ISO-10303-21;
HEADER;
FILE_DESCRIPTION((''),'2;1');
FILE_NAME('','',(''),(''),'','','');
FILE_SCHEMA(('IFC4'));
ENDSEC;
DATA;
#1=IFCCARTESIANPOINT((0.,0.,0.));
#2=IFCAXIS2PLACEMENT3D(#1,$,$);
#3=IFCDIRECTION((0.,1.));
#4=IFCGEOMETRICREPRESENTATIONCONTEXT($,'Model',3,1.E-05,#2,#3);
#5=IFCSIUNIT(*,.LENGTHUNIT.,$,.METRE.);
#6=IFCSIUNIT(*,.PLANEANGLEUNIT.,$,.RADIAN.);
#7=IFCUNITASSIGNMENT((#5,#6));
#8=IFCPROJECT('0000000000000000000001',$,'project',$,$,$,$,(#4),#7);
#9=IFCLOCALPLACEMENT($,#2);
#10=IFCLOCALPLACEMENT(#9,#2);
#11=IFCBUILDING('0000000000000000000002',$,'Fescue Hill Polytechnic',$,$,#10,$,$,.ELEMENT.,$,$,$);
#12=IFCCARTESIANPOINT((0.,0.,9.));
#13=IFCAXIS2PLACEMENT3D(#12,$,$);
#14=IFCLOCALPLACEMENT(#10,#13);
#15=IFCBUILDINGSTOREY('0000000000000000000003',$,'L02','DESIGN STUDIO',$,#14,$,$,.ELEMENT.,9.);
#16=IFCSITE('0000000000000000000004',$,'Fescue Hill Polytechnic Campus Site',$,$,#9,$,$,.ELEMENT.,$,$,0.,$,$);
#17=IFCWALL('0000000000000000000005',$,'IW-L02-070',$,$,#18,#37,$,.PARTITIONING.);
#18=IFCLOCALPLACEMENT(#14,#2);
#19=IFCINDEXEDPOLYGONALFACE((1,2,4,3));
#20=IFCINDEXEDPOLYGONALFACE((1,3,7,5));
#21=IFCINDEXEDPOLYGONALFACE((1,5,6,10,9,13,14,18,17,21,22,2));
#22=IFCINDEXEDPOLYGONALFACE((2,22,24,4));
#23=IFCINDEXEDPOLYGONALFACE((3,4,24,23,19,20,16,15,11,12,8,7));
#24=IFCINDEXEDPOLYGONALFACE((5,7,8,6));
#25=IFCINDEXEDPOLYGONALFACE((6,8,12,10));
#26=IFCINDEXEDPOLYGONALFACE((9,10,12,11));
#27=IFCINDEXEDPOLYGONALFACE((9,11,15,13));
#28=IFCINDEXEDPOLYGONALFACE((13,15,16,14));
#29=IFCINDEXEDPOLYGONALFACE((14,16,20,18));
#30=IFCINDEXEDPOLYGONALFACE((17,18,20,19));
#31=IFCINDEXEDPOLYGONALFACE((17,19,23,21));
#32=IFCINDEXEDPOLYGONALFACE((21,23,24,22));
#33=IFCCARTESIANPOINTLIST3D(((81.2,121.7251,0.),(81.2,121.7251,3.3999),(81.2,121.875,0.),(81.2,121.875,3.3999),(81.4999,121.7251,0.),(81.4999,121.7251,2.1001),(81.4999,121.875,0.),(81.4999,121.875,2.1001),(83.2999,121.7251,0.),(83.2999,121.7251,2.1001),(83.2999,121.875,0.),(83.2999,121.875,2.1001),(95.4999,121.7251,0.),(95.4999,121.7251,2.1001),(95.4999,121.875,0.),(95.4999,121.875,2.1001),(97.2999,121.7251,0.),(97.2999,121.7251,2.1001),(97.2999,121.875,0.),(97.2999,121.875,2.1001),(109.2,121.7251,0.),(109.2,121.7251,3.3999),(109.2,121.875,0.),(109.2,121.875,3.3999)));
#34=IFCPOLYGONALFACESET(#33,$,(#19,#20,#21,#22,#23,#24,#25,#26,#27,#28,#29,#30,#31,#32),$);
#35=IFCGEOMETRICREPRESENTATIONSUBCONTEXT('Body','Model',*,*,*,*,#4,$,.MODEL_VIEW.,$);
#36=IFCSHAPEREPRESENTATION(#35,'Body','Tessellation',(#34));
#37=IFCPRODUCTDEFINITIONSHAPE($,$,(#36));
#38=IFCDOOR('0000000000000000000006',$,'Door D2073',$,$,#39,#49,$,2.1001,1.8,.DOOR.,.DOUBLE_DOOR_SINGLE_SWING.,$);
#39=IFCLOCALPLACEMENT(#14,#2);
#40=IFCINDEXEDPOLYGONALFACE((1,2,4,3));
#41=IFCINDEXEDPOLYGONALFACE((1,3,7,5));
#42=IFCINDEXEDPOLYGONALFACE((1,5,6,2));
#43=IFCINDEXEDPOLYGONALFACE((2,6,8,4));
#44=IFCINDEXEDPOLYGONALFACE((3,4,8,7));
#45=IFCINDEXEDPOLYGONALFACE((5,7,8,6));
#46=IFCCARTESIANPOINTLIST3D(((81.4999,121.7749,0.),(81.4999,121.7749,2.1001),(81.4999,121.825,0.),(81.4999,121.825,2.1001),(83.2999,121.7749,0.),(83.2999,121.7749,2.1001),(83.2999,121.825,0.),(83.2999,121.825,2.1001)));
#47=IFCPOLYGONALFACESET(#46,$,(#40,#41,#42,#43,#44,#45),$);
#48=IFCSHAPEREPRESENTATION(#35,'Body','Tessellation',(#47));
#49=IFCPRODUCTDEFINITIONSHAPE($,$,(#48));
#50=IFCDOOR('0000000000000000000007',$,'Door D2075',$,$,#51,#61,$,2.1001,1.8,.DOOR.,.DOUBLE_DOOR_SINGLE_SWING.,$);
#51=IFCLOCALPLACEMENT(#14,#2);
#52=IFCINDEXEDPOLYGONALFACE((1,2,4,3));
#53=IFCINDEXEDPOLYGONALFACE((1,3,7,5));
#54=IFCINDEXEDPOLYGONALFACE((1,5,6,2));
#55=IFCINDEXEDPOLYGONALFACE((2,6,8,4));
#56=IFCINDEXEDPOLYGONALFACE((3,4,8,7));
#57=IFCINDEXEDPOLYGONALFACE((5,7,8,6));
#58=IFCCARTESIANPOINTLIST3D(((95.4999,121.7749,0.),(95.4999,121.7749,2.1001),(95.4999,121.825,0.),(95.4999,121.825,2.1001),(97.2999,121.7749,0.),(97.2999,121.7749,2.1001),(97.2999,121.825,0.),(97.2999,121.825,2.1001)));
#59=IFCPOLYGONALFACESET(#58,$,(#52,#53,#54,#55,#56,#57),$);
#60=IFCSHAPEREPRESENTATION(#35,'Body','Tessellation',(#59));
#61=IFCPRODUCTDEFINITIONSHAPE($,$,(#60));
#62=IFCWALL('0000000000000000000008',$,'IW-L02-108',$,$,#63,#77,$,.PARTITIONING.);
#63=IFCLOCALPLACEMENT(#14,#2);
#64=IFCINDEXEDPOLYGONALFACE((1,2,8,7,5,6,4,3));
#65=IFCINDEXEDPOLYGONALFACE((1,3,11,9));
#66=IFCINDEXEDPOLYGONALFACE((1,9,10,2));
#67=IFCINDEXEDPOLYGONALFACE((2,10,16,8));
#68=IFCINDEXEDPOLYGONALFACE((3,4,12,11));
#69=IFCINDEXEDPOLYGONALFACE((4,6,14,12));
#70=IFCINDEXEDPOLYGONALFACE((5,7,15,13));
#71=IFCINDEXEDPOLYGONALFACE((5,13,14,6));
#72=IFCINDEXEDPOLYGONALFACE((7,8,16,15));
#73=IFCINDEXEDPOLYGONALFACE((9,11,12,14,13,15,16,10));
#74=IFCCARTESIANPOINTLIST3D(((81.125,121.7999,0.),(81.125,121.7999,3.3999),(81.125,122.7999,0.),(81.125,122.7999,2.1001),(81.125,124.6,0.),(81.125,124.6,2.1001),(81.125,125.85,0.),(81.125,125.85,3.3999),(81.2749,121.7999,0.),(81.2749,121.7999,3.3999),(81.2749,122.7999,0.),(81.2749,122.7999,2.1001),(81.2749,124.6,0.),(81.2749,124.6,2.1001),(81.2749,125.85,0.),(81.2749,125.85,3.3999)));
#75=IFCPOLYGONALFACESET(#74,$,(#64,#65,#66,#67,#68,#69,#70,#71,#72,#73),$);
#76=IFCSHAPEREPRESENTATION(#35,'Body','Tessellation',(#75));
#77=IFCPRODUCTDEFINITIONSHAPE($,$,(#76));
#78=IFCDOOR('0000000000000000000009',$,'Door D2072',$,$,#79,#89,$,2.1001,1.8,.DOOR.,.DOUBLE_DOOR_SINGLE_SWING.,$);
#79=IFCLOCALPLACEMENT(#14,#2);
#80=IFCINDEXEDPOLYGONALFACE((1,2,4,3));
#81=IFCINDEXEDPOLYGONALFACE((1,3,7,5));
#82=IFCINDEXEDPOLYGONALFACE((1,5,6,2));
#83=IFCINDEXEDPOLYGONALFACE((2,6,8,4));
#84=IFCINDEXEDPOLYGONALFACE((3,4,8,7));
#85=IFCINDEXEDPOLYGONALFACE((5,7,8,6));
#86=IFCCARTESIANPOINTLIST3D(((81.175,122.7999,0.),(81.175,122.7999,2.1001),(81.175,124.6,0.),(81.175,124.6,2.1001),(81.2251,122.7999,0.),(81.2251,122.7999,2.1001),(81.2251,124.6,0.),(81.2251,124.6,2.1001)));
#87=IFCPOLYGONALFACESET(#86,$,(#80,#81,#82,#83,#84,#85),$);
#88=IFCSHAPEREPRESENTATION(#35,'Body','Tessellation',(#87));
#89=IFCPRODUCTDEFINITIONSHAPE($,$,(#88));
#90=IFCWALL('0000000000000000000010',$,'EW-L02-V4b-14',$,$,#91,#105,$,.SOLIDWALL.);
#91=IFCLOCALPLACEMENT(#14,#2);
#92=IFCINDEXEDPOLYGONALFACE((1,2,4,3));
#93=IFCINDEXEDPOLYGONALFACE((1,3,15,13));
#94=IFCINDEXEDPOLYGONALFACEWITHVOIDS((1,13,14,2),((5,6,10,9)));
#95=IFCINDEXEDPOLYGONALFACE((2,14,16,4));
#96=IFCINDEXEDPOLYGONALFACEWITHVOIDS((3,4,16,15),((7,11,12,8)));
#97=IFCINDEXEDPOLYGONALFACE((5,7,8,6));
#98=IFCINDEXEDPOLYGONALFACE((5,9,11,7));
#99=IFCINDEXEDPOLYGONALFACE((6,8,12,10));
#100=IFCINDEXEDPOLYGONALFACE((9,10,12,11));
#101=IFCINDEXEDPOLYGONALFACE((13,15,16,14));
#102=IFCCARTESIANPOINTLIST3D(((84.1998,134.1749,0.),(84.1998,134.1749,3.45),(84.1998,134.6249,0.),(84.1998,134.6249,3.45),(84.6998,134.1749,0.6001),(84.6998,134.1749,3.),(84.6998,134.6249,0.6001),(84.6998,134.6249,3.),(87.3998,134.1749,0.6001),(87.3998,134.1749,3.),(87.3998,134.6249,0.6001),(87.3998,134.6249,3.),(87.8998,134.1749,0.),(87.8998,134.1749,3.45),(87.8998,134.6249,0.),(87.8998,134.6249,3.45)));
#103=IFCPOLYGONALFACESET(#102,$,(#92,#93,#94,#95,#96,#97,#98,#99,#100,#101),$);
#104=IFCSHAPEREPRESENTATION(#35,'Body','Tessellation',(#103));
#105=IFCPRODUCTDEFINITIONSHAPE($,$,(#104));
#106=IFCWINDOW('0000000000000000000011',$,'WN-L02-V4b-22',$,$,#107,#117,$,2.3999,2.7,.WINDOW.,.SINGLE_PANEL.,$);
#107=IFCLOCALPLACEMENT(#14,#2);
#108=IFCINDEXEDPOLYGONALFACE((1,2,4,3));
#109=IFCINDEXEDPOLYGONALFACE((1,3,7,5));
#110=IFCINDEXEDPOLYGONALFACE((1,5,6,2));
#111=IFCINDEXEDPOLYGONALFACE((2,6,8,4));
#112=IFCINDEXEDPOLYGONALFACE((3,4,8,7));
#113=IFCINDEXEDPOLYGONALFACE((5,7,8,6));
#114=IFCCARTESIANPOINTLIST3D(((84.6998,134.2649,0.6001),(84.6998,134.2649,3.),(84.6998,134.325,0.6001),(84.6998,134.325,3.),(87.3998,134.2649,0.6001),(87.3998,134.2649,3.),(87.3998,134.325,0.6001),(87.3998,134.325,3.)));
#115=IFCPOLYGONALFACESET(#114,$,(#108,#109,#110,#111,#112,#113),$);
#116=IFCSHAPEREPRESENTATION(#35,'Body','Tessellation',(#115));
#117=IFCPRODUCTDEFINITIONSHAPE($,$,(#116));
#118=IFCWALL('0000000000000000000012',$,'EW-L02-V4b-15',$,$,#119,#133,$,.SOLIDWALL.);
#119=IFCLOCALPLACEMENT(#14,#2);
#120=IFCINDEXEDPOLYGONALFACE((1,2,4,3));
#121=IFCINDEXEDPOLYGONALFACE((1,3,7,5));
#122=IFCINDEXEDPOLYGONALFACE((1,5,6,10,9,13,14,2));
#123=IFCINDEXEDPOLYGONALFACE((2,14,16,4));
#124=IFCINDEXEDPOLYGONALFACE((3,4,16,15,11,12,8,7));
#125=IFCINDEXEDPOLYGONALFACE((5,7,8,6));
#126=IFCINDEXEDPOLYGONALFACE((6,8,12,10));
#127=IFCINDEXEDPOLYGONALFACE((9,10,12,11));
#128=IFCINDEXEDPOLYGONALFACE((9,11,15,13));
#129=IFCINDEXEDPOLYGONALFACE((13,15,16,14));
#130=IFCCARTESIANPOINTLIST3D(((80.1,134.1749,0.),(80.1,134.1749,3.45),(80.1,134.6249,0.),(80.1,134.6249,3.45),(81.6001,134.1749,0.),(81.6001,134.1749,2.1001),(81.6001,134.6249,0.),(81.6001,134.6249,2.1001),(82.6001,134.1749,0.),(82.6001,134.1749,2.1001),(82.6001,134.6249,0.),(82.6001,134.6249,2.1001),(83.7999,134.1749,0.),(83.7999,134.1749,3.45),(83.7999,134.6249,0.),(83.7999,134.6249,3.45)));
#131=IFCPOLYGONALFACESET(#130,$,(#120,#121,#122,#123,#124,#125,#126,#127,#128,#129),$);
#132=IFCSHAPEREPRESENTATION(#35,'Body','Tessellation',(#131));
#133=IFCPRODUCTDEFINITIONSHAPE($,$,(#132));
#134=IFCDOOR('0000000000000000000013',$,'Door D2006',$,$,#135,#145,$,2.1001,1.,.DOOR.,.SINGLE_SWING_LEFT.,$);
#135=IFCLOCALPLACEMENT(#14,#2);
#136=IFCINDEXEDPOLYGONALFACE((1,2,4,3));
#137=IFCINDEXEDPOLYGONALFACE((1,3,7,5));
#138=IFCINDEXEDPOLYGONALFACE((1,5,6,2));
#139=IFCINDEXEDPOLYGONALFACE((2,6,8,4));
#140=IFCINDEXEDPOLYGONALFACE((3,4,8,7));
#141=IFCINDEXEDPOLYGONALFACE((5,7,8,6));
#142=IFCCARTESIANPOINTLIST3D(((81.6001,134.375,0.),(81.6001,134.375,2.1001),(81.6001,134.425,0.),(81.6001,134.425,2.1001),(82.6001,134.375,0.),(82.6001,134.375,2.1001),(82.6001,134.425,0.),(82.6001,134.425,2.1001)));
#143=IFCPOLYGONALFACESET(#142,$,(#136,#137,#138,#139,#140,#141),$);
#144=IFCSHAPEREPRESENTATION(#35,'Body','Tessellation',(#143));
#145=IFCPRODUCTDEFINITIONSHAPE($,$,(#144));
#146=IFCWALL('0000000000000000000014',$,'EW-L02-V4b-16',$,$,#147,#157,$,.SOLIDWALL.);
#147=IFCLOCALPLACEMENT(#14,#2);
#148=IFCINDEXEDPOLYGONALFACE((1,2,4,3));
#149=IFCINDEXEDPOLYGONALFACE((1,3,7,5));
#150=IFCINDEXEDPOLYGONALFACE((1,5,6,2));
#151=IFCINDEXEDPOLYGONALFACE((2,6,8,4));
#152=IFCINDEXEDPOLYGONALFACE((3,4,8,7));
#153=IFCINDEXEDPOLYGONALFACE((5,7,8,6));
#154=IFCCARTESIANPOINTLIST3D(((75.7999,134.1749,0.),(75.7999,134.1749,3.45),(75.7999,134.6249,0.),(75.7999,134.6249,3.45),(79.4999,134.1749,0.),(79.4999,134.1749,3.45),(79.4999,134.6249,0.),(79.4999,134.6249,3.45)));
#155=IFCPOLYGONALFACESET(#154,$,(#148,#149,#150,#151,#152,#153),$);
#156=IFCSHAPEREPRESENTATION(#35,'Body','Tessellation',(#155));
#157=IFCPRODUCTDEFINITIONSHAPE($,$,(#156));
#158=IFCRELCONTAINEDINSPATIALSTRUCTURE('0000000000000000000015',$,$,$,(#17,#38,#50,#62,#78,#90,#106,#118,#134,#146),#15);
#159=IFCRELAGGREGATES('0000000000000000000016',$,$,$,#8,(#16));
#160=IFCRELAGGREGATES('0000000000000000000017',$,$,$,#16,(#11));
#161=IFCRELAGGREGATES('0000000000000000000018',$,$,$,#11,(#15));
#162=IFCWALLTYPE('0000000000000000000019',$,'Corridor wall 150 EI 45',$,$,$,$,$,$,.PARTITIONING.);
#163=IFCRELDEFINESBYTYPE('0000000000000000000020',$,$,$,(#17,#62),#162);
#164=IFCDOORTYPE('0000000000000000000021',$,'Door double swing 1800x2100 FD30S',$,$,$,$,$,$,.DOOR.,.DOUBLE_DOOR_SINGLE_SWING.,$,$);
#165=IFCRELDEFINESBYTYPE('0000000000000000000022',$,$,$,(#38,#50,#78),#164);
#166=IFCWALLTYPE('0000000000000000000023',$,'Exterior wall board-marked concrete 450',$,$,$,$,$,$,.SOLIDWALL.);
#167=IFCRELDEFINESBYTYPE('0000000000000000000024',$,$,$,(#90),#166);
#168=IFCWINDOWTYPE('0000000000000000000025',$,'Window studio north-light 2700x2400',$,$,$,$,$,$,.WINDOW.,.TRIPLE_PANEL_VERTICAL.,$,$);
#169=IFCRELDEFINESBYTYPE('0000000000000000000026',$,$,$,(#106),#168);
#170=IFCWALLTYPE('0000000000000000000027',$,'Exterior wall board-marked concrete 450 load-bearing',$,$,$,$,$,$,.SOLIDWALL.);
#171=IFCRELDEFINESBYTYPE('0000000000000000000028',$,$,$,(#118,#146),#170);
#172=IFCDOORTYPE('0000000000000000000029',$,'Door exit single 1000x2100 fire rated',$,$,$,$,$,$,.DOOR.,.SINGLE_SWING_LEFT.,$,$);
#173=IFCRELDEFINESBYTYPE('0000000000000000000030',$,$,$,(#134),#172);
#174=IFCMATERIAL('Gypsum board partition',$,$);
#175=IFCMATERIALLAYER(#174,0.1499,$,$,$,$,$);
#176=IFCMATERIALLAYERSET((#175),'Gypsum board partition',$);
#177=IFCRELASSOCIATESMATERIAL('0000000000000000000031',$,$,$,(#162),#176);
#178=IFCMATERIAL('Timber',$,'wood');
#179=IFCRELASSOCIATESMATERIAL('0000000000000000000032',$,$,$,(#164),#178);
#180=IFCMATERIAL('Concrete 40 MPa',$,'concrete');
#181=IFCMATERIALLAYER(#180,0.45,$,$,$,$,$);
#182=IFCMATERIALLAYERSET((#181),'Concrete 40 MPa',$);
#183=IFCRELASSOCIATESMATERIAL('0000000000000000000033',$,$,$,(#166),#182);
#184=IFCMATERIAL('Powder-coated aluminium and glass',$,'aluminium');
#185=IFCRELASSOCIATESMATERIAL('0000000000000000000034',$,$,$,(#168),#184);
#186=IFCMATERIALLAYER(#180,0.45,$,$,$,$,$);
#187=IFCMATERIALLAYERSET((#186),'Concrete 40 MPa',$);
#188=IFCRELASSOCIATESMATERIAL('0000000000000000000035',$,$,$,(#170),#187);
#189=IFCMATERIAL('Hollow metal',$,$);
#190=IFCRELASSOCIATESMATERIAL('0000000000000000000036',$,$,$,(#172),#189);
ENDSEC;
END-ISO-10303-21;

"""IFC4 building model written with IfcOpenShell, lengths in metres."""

from ifc_helpers import new_model, si_unit, direction, frame, frame_2d, origin, place, context, subcontext, project, spatial, rectangle, extrude, material, layer, layer_set, type_object, element, fill, save


model = new_model("IFC4")

# Units and contexts
model_context = context("Model", 3, precision=1e-05, world=origin(), true_north=direction((0.0, 1.0)))
body_context = subcontext(model_context, "Body", "Model", "MODEL_VIEW")
ifc_project = project(units=[si_unit("LENGTHUNIT", "METRE"), si_unit("PLANEANGLEUNIT", "RADIAN")], contexts=[model_context])

# Site, building, storey
site_placement = place(None, origin())
site = spatial("IfcSite", under=ifc_project, at=site_placement, Name="Fescue Hill Polytechnic Campus Site", CompositionType="ELEMENT", RefElevation=0.0)
building_placement = place(site_placement, origin())
building = spatial("IfcBuilding", under=site, at=building_placement, Name="Fescue Hill Polytechnic", CompositionType="ELEMENT")
storey_placement = place(building_placement, frame((0.0, 0.0, 9.0)))
storey = spatial("IfcBuildingStorey", under=building, at=storey_placement, Name="L02", Description="DESIGN STUDIO", CompositionType="ELEMENT", Elevation=9.0)

# Shared definitions
ifc_material_1 = material(Name="Concrete 40 MPa", Category="concrete")

# Shared definitions
ifc_material_2 = material(Name="Gypsum board partition")
ifc_layer_1 = layer(ifc_material_2, 0.1499)
ifc_layer_set_1 = layer_set([ifc_layer_1], Name="Gypsum board partition")
wall_type_1 = type_object("IfcWallType", Name="Corridor wall 150 EI 45", PredefinedType="PARTITIONING", material=ifc_layer_set_1)
ifc_material_3 = material(Name="Timber", Category="wood")

# Wall, openings, doors
wall_1_placement = place(storey_placement, frame((81.2, 121.8, 0.0), z_axis=(0.0, 0.0, 1.0), x_axis=(1.0, 0.0, 0.0)))
wall_1 = element("IfcWall", 1, at=wall_1_placement, inside=storey, type_object=wall_type_1, Name="IW-L02-070", PredefinedType="PARTITIONING", context=body_context, shape_type="SweptSolid", body=[
    extrude(rectangle(XDim=28.0, YDim=0.1499, at=frame_2d((14.0, 0.0))), origin(), (0.0, 0.0, 1.0), 3.3999),
])
opening_1_placement = place(wall_1_placement, frame((0.3, 0.0, 0.0)))
opening_1 = element("IfcOpeningElement", 2, at=opening_1_placement, cuts=wall_1, PredefinedType="OPENING", context=body_context, shape_type="SweptSolid", body=[
    extrude(rectangle(XDim=1.8, YDim=2.1001, at=frame_2d((0.8999, 1.05))), frame((0.0, 0.085, 0.0), z_axis=(0.0, -1.0, 0.0), x_axis=(1.0, 0.0, 0.0)), (0.0, 0.0, 1.0), 0.1699),
])
opening_2_placement = place(wall_1_placement, frame((14.3, 0.0, 0.0)))
opening_2 = element("IfcOpeningElement", 3, at=opening_2_placement, cuts=wall_1, PredefinedType="OPENING", context=body_context, shape_type="SweptSolid", body=[
    extrude(rectangle(XDim=1.8, YDim=2.1001, at=frame_2d((0.8999, 1.05))), frame((0.0, 0.085, 0.0), z_axis=(0.0, -1.0, 0.0), x_axis=(1.0, 0.0, 0.0)), (0.0, 0.0, 1.0), 0.1699),
])
door_type_1 = type_object("IfcDoorType", Name="Door double swing 1800x2100 FD30S", OperationType="DOUBLE_DOOR_SINGLE_SWING", PredefinedType="DOOR", material=ifc_material_3)
door_1_placement = place(opening_1_placement, origin())
door_1 = element("IfcDoor", 4, at=door_1_placement, inside=storey, type_object=door_type_1, Name="Door D2073", OperationType="DOUBLE_DOOR_SINGLE_SWING", OverallHeight=2.1001, OverallWidth=1.8, PredefinedType="DOOR", context=body_context, shape_type="SweptSolid", body=[
    extrude(rectangle(XDim=1.8, YDim=2.1001, at=frame_2d((0.8999, 1.05))), frame((0.0, 0.0249, 0.0), z_axis=(0.0, -1.0, 0.0), x_axis=(1.0, 0.0, 0.0)), (0.0, 0.0, 1.0), 0.05),
])
fill(opening_1, door_1)
door_2_placement = place(opening_2_placement, origin())
door_2 = element("IfcDoor", 5, at=door_2_placement, inside=storey, type_object=door_type_1, Name="Door D2075", OperationType="DOUBLE_DOOR_SINGLE_SWING", OverallHeight=2.1001, OverallWidth=1.8, PredefinedType="DOOR", context=body_context, shape_type="SweptSolid", body=[
    extrude(rectangle(XDim=1.8, YDim=2.1001, at=frame_2d((0.8999, 1.05))), frame((0.0, 0.0249, 0.0), z_axis=(0.0, -1.0, 0.0), x_axis=(1.0, 0.0, 0.0)), (0.0, 0.0, 1.0), 0.05),
])
fill(opening_2, door_2)

# Wall, opening, door
wall_2_placement = place(storey_placement, frame((81.2, 121.8, 0.0), z_axis=(0.0, 0.0, 1.0), x_axis=(0.0, 1.0, 0.0)))
wall_2 = element("IfcWall", 6, at=wall_2_placement, inside=storey, type_object=wall_type_1, Name="IW-L02-108", PredefinedType="PARTITIONING", context=body_context, shape_type="SweptSolid", body=[
    extrude(rectangle(XDim=4.05, YDim=0.1499, at=frame_2d((2.0249, 0.0))), origin(), (0.0, 0.0, 1.0), 3.3999),
])
opening_3_placement = place(wall_2_placement, frame((1.0, 0.0, 0.0)))
opening_3 = element("IfcOpeningElement", 7, at=opening_3_placement, cuts=wall_2, PredefinedType="OPENING", context=body_context, shape_type="SweptSolid", body=[
    extrude(rectangle(XDim=1.8, YDim=2.1001, at=frame_2d((0.8999, 1.05))), frame((0.0, 0.085, 0.0), z_axis=(0.0, -1.0, 0.0), x_axis=(1.0, 0.0, 0.0)), (0.0, 0.0, 1.0), 0.1699),
])
door_3_placement = place(opening_3_placement, origin())
door_3 = element("IfcDoor", 8, at=door_3_placement, inside=storey, type_object=door_type_1, Name="Door D2072", OperationType="DOUBLE_DOOR_SINGLE_SWING", OverallHeight=2.1001, OverallWidth=1.8, PredefinedType="DOOR", context=body_context, shape_type="SweptSolid", body=[
    extrude(rectangle(XDim=1.8, YDim=2.1001, at=frame_2d((0.8999, 1.05))), frame((0.0, 0.0249, 0.0), z_axis=(0.0, -1.0, 0.0), x_axis=(1.0, 0.0, 0.0)), (0.0, 0.0, 1.0), 0.05),
])
fill(opening_3, door_3)

# Wall, opening, window
ifc_layer_2 = layer(ifc_material_1, 0.45)
ifc_layer_set_2 = layer_set([ifc_layer_2], Name="Concrete 40 MPa")
wall_type_2 = type_object("IfcWallType", Name="Exterior wall board-marked concrete 450", PredefinedType="SOLIDWALL", material=ifc_layer_set_2)
wall_3_placement = place(storey_placement, frame((87.8999, 134.3999, 0.0), z_axis=(0.0, 0.0, 1.0), x_axis=(-1.0, 0.0, 0.0)))
wall_3 = element("IfcWall", 9, at=wall_3_placement, inside=storey, type_object=wall_type_2, Name="EW-L02-V4b-14", PredefinedType="SOLIDWALL", context=body_context, shape_type="SweptSolid", body=[
    extrude(rectangle(XDim=3.7, YDim=0.45, at=frame_2d((1.8501, 0.0))), origin(), (0.0, 0.0, 1.0), 3.45),
])
opening_4_placement = place(wall_3_placement, frame((0.5, 0.0, 0.6001)))
opening_4 = element("IfcOpeningElement", 10, at=opening_4_placement, cuts=wall_3, PredefinedType="OPENING", context=body_context, shape_type="SweptSolid", body=[
    extrude(rectangle(XDim=2.7, YDim=2.3999, at=frame_2d((1.3501, 1.2))), frame((0.0, 0.2349, 0.0), z_axis=(0.0, -1.0, 0.0), x_axis=(1.0, 0.0, 0.0)), (0.0, 0.0, 1.0), 0.47),
])
ifc_material_4 = material(Name="Powder-coated aluminium and glass", Category="aluminium")
window_type = type_object("IfcWindowType", Name="Window studio north-light 2700x2400", PartitioningType="TRIPLE_PANEL_VERTICAL", PredefinedType="WINDOW", material=ifc_material_4)
window_placement = place(opening_4_placement, origin())
window = element("IfcWindow", 11, at=window_placement, inside=storey, type_object=window_type, Name="WN-L02-V4b-22", OverallHeight=2.3999, OverallWidth=2.7, PartitioningType="SINGLE_PANEL", PredefinedType="WINDOW", context=body_context, shape_type="SweptSolid", body=[
    extrude(rectangle(XDim=2.7, YDim=2.3999, at=frame_2d((1.3501, 1.2))), frame((0.0, 0.135, 0.0), z_axis=(0.0, -1.0, 0.0), x_axis=(1.0, 0.0, 0.0)), (0.0, 0.0, 1.0), 0.0601),
])
fill(opening_4, window)

# Wall, opening, door
ifc_layer_3 = layer(ifc_material_1, 0.45)
ifc_layer_set_3 = layer_set([ifc_layer_3], Name="Concrete 40 MPa")
wall_type_3 = type_object("IfcWallType", Name="Exterior wall board-marked concrete 450 load-bearing", PredefinedType="SOLIDWALL", material=ifc_layer_set_3)
wall_4_placement = place(storey_placement, frame((83.8, 134.3999, 0.0), z_axis=(0.0, 0.0, 1.0), x_axis=(-1.0, 0.0, 0.0)))
wall_4 = element("IfcWall", 12, at=wall_4_placement, inside=storey, type_object=wall_type_3, Name="EW-L02-V4b-15", PredefinedType="SOLIDWALL", context=body_context, shape_type="SweptSolid", body=[
    extrude(rectangle(XDim=3.7, YDim=0.45, at=frame_2d((1.8501, 0.0))), origin(), (0.0, 0.0, 1.0), 3.45),
])
opening_5_placement = place(wall_4_placement, frame((1.2, 0.0, 0.0)))
opening_5 = element("IfcOpeningElement", 13, at=opening_5_placement, cuts=wall_4, PredefinedType="OPENING", context=body_context, shape_type="SweptSolid", body=[
    extrude(rectangle(XDim=1.0, YDim=2.1001, at=frame_2d((0.5, 1.05))), frame((0.0, 0.2349, 0.0), z_axis=(0.0, -1.0, 0.0), x_axis=(1.0, 0.0, 0.0)), (0.0, 0.0, 1.0), 0.47),
])
ifc_material_5 = material(Name="Hollow metal")
door_type_2 = type_object("IfcDoorType", Name="Door exit single 1000x2100 fire rated", OperationType="SINGLE_SWING_LEFT", PredefinedType="DOOR", material=ifc_material_5)
door_4_placement = place(opening_5_placement, origin())
door_4 = element("IfcDoor", 14, at=door_4_placement, inside=storey, type_object=door_type_2, Name="Door D2006", OperationType="SINGLE_SWING_LEFT", OverallHeight=2.1001, OverallWidth=1.0, PredefinedType="DOOR", context=body_context, shape_type="SweptSolid", body=[
    extrude(rectangle(XDim=1.0, YDim=2.1001, at=frame_2d((0.5, 1.05))), frame((0.0, 0.0249, 0.0), z_axis=(0.0, -1.0, 0.0), x_axis=(1.0, 0.0, 0.0)), (0.0, 0.0, 1.0), 0.05),
])
fill(opening_5, door_4)

# Wall
wall_5_placement = place(storey_placement, frame((79.5, 134.3999, 0.0), z_axis=(0.0, 0.0, 1.0), x_axis=(-1.0, 0.0, 0.0)))
element("IfcWall", 15, at=wall_5_placement, inside=storey, type_object=wall_type_3, Name="EW-L02-V4b-16", PredefinedType="SOLIDWALL", context=body_context, shape_type="SweptSolid", body=[
    extrude(rectangle(XDim=3.7, YDim=0.45, at=frame_2d((1.8501, 0.0))), origin(), (0.0, 0.0, 1.0), 3.45),
])

save(model, "model.ifc")
